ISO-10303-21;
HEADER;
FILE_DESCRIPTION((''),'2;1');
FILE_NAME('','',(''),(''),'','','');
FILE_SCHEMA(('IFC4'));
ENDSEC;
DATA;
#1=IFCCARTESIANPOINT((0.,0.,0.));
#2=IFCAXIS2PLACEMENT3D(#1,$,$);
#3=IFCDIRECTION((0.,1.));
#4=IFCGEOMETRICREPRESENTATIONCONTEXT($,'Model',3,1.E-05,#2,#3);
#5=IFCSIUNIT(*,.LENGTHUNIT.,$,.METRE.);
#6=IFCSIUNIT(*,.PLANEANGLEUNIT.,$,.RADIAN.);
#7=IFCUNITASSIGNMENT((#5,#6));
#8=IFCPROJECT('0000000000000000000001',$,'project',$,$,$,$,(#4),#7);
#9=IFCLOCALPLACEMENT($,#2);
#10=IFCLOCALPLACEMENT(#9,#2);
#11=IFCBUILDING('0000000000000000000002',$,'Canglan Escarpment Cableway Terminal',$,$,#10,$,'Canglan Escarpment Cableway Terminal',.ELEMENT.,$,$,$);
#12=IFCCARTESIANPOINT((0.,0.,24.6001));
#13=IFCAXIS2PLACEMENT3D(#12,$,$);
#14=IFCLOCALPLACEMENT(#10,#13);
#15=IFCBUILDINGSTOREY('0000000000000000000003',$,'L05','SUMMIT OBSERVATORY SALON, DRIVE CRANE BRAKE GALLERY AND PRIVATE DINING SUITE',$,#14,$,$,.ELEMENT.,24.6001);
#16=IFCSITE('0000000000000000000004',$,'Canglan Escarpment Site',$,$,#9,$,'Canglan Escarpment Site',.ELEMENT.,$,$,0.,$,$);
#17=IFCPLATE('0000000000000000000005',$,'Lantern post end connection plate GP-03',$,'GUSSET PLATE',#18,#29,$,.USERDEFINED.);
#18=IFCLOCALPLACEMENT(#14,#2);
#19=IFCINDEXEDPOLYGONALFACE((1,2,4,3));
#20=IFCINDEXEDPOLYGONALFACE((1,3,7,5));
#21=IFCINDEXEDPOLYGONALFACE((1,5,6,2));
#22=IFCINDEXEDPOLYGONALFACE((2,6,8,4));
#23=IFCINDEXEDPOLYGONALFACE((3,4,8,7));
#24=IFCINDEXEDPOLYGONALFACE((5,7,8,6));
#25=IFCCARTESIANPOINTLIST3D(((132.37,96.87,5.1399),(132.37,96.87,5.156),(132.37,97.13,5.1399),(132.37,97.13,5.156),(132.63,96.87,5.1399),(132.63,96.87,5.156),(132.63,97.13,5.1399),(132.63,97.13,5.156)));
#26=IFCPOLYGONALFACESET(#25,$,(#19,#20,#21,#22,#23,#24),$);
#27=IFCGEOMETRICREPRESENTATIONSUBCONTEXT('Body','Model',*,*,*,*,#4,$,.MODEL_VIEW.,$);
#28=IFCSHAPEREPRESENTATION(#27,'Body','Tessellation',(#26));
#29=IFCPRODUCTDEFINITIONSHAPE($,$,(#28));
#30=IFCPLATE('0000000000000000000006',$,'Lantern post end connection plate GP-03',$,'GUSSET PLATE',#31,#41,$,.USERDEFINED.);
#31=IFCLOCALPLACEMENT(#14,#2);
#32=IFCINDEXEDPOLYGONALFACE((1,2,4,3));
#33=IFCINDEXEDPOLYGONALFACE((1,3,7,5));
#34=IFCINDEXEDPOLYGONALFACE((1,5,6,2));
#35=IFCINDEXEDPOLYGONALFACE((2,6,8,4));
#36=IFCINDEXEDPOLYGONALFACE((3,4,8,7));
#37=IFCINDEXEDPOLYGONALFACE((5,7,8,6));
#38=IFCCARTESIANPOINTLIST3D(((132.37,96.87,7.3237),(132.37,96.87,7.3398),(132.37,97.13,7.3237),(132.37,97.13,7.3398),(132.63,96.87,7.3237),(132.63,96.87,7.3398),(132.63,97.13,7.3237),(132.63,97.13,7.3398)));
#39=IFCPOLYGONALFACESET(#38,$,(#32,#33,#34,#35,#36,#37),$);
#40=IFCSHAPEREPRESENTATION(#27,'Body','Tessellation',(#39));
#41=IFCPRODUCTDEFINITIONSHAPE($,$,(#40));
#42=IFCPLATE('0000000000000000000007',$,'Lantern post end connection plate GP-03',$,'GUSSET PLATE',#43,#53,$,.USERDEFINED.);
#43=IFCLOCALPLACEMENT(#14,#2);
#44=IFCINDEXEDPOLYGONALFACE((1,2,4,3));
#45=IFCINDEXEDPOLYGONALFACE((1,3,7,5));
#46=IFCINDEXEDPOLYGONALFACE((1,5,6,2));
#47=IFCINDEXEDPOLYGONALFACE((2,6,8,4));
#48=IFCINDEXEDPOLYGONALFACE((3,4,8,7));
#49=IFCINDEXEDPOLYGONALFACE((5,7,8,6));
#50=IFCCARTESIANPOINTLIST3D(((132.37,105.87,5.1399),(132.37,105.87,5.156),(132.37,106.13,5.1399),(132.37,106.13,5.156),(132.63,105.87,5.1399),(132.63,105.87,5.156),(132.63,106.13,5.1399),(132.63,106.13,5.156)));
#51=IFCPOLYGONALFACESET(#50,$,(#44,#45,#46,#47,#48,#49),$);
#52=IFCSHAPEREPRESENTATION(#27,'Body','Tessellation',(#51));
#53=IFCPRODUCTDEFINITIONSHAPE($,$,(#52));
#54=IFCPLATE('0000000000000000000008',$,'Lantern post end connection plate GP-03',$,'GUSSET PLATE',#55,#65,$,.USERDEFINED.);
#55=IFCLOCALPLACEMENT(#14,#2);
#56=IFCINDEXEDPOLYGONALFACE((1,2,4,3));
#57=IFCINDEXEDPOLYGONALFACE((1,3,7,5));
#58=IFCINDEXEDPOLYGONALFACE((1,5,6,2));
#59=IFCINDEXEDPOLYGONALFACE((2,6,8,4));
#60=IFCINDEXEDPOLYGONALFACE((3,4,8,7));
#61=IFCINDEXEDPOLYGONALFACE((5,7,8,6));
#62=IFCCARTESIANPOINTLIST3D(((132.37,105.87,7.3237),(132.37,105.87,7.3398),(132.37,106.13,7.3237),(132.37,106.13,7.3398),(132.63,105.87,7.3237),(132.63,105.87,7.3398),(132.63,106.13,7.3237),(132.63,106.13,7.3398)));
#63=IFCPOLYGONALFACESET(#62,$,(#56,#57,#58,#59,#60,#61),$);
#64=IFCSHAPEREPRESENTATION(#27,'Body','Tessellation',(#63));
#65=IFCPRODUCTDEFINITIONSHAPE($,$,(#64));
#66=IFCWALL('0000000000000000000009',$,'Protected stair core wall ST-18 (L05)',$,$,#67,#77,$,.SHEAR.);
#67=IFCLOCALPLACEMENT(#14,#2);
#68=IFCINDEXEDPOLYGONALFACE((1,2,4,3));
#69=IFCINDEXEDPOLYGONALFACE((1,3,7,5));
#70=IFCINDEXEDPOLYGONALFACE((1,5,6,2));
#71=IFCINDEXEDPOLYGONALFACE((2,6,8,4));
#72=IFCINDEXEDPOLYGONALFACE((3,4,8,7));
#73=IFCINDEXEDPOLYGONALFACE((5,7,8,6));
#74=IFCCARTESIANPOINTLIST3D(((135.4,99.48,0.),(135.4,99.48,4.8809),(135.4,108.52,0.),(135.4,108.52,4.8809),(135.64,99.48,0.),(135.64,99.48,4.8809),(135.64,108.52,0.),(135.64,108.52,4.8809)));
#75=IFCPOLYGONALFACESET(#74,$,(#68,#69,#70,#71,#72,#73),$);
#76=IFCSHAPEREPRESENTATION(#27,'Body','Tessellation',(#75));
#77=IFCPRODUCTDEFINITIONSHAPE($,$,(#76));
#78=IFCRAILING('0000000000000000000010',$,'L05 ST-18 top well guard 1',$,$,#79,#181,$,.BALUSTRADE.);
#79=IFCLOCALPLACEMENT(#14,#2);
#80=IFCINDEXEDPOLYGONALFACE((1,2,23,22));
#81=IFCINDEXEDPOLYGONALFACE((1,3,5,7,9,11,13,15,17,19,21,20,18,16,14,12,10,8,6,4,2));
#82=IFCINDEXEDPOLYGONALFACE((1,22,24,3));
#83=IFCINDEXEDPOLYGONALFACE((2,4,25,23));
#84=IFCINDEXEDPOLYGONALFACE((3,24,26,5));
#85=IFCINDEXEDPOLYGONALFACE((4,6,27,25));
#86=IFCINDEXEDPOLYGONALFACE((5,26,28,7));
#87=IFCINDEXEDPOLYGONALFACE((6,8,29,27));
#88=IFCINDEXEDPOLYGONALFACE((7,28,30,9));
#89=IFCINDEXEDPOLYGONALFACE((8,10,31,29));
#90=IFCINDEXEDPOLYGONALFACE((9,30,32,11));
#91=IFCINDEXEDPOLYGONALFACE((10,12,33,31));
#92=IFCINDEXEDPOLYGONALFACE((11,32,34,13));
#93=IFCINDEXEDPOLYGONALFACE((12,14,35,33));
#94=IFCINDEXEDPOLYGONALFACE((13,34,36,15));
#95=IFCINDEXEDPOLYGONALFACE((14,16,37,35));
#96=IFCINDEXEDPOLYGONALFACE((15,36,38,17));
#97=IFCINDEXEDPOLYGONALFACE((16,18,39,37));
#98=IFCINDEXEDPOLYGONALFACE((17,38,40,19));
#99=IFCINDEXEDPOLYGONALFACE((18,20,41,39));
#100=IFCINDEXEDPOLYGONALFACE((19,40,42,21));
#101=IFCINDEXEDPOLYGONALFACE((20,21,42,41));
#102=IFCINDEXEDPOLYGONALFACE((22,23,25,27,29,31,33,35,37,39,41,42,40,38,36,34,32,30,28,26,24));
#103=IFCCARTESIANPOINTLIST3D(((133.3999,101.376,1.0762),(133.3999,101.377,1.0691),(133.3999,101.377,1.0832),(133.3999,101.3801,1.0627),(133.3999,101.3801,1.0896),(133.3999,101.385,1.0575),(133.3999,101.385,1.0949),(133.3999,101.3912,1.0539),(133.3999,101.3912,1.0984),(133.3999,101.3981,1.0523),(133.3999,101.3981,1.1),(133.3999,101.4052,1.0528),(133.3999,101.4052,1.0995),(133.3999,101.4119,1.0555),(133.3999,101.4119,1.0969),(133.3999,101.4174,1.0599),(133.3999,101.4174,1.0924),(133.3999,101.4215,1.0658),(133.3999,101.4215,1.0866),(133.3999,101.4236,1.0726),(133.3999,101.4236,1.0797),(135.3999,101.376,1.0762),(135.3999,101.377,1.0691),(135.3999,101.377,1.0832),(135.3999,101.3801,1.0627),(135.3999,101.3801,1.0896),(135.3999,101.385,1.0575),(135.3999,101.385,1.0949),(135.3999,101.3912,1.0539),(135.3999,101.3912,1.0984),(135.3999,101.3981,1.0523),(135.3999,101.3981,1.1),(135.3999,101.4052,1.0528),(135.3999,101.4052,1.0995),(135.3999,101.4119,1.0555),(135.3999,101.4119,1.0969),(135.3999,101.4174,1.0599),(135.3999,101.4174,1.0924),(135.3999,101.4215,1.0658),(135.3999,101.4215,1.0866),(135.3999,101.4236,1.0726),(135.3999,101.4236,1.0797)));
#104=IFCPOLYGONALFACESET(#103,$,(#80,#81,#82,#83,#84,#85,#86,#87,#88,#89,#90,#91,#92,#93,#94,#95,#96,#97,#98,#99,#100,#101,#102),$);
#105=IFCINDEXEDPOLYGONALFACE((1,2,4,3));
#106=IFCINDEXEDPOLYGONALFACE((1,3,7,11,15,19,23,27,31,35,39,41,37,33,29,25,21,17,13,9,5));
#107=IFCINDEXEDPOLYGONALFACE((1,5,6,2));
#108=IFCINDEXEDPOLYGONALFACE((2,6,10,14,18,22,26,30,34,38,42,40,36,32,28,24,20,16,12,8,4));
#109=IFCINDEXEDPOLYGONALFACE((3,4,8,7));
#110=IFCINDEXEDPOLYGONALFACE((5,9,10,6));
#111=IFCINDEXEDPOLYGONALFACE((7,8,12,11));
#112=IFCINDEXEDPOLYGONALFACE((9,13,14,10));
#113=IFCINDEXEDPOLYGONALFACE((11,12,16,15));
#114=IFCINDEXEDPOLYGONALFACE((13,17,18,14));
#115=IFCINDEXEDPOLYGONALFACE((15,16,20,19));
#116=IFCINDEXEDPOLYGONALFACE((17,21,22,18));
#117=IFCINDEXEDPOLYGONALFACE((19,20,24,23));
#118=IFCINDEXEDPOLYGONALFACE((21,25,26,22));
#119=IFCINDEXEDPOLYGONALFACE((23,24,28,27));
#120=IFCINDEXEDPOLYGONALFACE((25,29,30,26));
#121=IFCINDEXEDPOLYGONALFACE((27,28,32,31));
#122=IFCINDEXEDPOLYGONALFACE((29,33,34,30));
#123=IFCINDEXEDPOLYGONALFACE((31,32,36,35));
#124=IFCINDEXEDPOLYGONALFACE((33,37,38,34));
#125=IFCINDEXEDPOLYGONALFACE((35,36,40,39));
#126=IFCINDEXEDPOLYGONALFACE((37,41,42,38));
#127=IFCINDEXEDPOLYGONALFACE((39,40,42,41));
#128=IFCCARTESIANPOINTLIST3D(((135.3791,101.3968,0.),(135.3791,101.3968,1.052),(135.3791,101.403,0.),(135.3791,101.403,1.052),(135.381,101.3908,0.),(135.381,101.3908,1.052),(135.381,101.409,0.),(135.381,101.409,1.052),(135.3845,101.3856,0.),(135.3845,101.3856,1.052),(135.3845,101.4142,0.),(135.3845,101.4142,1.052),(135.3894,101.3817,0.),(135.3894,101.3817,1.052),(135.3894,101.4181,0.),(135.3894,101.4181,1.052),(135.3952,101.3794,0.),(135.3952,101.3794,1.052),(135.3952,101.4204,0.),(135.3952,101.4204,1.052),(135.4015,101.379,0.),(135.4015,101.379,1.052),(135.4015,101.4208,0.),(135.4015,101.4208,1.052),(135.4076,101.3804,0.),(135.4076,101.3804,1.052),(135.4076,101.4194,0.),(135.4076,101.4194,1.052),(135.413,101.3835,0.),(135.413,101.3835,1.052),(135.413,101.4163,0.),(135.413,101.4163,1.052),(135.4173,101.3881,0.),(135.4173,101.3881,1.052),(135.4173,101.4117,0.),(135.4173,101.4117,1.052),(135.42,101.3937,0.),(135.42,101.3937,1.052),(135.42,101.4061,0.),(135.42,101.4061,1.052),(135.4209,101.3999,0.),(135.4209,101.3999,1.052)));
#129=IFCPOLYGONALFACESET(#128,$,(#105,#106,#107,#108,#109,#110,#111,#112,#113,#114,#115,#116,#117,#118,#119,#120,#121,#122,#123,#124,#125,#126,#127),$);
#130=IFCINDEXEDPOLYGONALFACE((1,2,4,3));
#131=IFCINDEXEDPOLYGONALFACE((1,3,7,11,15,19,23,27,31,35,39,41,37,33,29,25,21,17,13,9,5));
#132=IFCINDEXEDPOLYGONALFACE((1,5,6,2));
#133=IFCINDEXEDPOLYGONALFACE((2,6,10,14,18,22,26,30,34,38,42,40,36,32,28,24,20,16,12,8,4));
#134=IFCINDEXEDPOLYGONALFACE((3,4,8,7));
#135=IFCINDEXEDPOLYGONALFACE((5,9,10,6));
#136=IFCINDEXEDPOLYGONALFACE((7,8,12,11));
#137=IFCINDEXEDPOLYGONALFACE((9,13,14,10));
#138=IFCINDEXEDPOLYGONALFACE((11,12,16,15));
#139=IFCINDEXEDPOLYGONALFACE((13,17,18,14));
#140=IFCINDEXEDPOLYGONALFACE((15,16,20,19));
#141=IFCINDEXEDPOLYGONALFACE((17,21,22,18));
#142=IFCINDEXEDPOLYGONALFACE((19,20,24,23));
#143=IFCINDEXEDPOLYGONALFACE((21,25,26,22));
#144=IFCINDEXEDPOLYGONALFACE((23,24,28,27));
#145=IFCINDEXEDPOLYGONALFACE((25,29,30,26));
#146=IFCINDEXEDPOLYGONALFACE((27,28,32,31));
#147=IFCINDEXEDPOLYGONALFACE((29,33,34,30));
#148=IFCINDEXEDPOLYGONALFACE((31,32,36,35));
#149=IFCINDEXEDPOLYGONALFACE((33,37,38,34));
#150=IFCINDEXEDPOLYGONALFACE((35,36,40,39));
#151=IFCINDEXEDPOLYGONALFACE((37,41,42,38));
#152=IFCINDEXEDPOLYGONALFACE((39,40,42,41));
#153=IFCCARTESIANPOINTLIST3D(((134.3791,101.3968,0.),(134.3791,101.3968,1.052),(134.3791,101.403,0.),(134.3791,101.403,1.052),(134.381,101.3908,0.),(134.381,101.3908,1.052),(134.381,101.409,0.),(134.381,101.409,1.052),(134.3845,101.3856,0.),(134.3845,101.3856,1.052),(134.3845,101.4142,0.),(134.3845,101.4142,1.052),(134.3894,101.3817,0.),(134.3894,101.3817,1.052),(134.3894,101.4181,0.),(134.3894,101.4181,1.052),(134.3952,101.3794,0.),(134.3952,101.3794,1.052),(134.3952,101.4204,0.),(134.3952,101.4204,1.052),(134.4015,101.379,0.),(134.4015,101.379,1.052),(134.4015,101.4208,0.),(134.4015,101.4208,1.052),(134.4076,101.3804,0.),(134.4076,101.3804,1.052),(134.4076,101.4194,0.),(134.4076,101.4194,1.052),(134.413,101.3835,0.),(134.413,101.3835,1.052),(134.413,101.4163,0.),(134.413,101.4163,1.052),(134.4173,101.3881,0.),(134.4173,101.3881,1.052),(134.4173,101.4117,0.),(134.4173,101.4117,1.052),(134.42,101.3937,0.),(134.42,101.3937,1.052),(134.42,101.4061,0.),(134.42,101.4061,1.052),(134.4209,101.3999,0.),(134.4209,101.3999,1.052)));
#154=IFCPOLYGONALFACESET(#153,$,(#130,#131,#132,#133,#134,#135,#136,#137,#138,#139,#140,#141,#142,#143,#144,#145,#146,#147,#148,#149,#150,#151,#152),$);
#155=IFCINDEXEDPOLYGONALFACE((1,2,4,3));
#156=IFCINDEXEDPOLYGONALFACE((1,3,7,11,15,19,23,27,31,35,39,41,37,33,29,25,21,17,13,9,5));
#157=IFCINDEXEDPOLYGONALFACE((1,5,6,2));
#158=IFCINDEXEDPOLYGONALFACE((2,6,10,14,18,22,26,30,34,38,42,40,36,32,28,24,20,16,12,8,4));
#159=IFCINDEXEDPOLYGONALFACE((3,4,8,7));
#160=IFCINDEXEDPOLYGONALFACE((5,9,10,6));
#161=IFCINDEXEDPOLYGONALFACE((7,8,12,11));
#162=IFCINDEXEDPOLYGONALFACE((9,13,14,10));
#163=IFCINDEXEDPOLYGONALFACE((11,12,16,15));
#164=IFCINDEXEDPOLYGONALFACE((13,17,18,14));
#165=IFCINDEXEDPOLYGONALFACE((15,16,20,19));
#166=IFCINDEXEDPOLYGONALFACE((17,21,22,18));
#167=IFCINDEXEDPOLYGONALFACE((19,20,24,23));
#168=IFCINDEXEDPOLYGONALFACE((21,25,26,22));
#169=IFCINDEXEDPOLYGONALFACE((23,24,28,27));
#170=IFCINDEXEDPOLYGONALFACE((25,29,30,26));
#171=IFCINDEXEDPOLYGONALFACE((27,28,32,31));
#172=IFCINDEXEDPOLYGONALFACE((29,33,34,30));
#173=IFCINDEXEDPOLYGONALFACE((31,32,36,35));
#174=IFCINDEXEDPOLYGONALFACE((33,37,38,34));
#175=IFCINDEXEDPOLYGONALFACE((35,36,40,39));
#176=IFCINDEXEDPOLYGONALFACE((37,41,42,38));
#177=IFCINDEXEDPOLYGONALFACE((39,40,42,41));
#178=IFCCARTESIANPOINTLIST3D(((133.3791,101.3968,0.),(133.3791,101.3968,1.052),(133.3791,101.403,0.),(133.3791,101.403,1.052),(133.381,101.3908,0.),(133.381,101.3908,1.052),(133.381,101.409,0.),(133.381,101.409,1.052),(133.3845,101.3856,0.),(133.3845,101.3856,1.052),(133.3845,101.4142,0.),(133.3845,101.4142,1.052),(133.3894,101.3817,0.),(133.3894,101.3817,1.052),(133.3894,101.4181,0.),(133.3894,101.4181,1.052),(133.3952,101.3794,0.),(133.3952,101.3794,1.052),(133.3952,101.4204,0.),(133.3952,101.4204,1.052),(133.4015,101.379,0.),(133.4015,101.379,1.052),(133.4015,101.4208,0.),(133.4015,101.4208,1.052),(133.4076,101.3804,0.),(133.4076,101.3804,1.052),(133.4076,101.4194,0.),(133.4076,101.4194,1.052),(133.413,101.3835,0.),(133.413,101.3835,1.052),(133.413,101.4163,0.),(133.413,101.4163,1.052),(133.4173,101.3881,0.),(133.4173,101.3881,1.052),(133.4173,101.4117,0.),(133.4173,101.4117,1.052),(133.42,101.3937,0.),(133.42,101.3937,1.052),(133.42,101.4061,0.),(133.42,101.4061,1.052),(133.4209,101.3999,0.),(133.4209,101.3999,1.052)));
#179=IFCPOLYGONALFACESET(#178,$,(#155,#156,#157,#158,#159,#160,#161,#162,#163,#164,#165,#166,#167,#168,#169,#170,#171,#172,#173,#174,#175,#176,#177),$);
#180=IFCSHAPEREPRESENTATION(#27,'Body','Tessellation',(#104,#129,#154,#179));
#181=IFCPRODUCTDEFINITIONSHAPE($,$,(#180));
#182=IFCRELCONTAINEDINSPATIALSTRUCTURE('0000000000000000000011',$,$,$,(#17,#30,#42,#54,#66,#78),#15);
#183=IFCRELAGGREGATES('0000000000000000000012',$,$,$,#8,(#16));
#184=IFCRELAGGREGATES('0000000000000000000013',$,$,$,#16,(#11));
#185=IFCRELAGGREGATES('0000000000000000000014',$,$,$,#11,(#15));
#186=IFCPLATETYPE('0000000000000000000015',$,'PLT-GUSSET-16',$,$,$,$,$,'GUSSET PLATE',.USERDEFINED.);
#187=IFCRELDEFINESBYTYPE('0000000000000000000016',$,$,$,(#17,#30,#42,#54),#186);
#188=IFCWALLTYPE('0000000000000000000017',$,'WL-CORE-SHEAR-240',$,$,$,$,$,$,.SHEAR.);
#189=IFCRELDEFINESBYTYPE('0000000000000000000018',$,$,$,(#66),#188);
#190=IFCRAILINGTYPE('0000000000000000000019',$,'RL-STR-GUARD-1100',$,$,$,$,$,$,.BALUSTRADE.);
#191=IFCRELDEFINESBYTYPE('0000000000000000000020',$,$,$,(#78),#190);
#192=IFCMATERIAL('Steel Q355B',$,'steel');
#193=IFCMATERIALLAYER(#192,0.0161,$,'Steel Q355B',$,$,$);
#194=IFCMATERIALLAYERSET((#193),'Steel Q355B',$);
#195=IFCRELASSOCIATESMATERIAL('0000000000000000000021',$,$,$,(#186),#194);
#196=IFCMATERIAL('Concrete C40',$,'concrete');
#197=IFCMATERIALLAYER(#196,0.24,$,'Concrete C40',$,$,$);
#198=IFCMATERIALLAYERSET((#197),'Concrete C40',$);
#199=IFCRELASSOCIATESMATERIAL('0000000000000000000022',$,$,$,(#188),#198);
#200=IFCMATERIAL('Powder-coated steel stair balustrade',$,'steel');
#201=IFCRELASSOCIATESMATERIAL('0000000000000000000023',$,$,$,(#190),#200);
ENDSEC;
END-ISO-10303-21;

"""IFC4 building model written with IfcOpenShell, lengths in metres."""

from ifc_helpers import new_model, si_unit, direction, frame, frame_2d, origin, origin_2d, place, context, subcontext, project, spatial, rectangle, circle, extrude, material, layer, layer_set, type_object, element, save


model = new_model("IFC4")

# Units and contexts
model_context = context("Model", 3, precision=1e-05, world=origin(), true_north=direction((0.0, 1.0)))
body_context = subcontext(model_context, "Body", "Model", "MODEL_VIEW")
ifc_project = project(units=[si_unit("LENGTHUNIT", "METRE"), si_unit("PLANEANGLEUNIT", "RADIAN")], contexts=[model_context])

# Site, building, storey
site_placement = place(None, origin())
site = spatial("IfcSite", under=ifc_project, at=site_placement, Name="Canglan Escarpment Site", LongName="Canglan Escarpment Site", CompositionType="ELEMENT", RefElevation=0.0)
building_placement = place(site_placement, origin())
building = spatial("IfcBuilding", under=site, at=building_placement, Name="Canglan Escarpment Cableway Terminal", LongName="Canglan Escarpment Cableway Terminal", CompositionType="ELEMENT")
storey_placement = place(building_placement, frame((0.0, 0.0, 24.6001)))
storey = spatial("IfcBuildingStorey", under=building, at=storey_placement, Name="L05", Description="SUMMIT OBSERVATORY SALON, DRIVE CRANE BRAKE GALLERY AND PRIVATE DINING SUITE", CompositionType="ELEMENT", Elevation=24.6001)

# Shared definitions
ifc_material_1 = material(Name="Steel Q355B", Category="steel")

# Plates
ifc_layer_1 = layer(ifc_material_1, 0.0161, Name="Steel Q355B")
ifc_layer_set_1 = layer_set([ifc_layer_1], Name="Steel Q355B")
plate_type = type_object("IfcPlateType", Name="PLT-GUSSET-16", ElementType="GUSSET PLATE", PredefinedType="USERDEFINED", material=ifc_layer_set_1)
for number, where, z_axis, x_axis, name in (
    (1, (132.5, 97.0, 5.1399), (0.0, 0.0, 1.0), (1.0, 0.0, 0.0), "Lantern post end connection plate GP-03"),
    (2, (132.5, 97.0, 7.3237), (0.0, 0.0, 1.0), (1.0, 0.0, 0.0), "Lantern post end connection plate GP-03"),
    (3, (132.5, 106.0, 5.1399), (0.0, 0.0, 1.0), (1.0, 0.0, 0.0), "Lantern post end connection plate GP-03"),
    (4, (132.5, 106.0, 7.3237), (0.0, 0.0, 1.0), (1.0, 0.0, 0.0), "Lantern post end connection plate GP-03"),
):
    element("IfcPlate", number, at=place(storey_placement, frame(where, z_axis=z_axis, x_axis=x_axis)), inside=storey, type_object=plate_type, Name=name, ObjectType="GUSSET PLATE", PredefinedType="USERDEFINED", context=body_context, shape_type="SweptSolid", body=[
        extrude(rectangle(XDim=0.26, YDim=0.26, at=origin_2d()), origin(), (0.0, 0.0, 1.0), 0.0161),
    ])

# Wall
ifc_material_2 = material(Name="Concrete C40", Category="concrete")
ifc_layer_2 = layer(ifc_material_2, 0.24, Name="Concrete C40")
ifc_layer_set_2 = layer_set([ifc_layer_2], Name="Concrete C40")
wall_type_1 = type_object("IfcWallType", Name="WL-CORE-SHEAR-240", PredefinedType="SHEAR", material=ifc_layer_set_2)
wall_1_placement = place(storey_placement, frame((135.52, 99.48, 0.0), z_axis=(0.0, 0.0, 1.0), x_axis=(0.0, 1.0, 0.0)))
element("IfcWall", 5, at=wall_1_placement, inside=storey, type_object=wall_type_1, Name="Protected stair core wall ST-18 (L05)", PredefinedType="SHEAR", context=body_context, shape_type="SweptSolid", body=[
    extrude(rectangle(XDim=9.04, YDim=0.24, at=frame_2d((4.52, 0.0))), origin(), (0.0, 0.0, 1.0), 4.8809),
])

# Railing
ifc_material_3 = material(Name="Powder-coated steel stair balustrade", Category="steel")
railing_type = type_object("IfcRailingType", Name="RL-STR-GUARD-1100", PredefinedType="BALUSTRADE", material=ifc_material_3)
railing_placement = place(storey_placement, frame((135.3999, 101.3999, 0.0)))
element("IfcRailing", 6, at=railing_placement, inside=storey, type_object=railing_type, Name="L05 ST-18 top well guard 1", PredefinedType="BALUSTRADE", context=body_context, shape_type="SweptSolid", body=[
    extrude(circle(Radius=0.0239, at=origin_2d()), frame((0.0, 0.0, 1.0762), z_axis=(-1.0, 0.0, 0.0), x_axis=(0.0, -1.0, 0.0)), (0.0, 0.0, 1.0), 2.0),
    extrude(circle(Radius=0.021, at=origin_2d()), origin(), (0.0, 0.0, 1.0), 1.052),
    extrude(circle(Radius=0.021, at=origin_2d()), frame((-1.0, 0.0, 0.0)), (0.0, 0.0, 1.0), 1.052),
    extrude(circle(Radius=0.021, at=origin_2d()), frame((-2.0, 0.0, 0.0)), (0.0, 0.0, 1.0), 1.052),
])

save(model, "model.ifc")
